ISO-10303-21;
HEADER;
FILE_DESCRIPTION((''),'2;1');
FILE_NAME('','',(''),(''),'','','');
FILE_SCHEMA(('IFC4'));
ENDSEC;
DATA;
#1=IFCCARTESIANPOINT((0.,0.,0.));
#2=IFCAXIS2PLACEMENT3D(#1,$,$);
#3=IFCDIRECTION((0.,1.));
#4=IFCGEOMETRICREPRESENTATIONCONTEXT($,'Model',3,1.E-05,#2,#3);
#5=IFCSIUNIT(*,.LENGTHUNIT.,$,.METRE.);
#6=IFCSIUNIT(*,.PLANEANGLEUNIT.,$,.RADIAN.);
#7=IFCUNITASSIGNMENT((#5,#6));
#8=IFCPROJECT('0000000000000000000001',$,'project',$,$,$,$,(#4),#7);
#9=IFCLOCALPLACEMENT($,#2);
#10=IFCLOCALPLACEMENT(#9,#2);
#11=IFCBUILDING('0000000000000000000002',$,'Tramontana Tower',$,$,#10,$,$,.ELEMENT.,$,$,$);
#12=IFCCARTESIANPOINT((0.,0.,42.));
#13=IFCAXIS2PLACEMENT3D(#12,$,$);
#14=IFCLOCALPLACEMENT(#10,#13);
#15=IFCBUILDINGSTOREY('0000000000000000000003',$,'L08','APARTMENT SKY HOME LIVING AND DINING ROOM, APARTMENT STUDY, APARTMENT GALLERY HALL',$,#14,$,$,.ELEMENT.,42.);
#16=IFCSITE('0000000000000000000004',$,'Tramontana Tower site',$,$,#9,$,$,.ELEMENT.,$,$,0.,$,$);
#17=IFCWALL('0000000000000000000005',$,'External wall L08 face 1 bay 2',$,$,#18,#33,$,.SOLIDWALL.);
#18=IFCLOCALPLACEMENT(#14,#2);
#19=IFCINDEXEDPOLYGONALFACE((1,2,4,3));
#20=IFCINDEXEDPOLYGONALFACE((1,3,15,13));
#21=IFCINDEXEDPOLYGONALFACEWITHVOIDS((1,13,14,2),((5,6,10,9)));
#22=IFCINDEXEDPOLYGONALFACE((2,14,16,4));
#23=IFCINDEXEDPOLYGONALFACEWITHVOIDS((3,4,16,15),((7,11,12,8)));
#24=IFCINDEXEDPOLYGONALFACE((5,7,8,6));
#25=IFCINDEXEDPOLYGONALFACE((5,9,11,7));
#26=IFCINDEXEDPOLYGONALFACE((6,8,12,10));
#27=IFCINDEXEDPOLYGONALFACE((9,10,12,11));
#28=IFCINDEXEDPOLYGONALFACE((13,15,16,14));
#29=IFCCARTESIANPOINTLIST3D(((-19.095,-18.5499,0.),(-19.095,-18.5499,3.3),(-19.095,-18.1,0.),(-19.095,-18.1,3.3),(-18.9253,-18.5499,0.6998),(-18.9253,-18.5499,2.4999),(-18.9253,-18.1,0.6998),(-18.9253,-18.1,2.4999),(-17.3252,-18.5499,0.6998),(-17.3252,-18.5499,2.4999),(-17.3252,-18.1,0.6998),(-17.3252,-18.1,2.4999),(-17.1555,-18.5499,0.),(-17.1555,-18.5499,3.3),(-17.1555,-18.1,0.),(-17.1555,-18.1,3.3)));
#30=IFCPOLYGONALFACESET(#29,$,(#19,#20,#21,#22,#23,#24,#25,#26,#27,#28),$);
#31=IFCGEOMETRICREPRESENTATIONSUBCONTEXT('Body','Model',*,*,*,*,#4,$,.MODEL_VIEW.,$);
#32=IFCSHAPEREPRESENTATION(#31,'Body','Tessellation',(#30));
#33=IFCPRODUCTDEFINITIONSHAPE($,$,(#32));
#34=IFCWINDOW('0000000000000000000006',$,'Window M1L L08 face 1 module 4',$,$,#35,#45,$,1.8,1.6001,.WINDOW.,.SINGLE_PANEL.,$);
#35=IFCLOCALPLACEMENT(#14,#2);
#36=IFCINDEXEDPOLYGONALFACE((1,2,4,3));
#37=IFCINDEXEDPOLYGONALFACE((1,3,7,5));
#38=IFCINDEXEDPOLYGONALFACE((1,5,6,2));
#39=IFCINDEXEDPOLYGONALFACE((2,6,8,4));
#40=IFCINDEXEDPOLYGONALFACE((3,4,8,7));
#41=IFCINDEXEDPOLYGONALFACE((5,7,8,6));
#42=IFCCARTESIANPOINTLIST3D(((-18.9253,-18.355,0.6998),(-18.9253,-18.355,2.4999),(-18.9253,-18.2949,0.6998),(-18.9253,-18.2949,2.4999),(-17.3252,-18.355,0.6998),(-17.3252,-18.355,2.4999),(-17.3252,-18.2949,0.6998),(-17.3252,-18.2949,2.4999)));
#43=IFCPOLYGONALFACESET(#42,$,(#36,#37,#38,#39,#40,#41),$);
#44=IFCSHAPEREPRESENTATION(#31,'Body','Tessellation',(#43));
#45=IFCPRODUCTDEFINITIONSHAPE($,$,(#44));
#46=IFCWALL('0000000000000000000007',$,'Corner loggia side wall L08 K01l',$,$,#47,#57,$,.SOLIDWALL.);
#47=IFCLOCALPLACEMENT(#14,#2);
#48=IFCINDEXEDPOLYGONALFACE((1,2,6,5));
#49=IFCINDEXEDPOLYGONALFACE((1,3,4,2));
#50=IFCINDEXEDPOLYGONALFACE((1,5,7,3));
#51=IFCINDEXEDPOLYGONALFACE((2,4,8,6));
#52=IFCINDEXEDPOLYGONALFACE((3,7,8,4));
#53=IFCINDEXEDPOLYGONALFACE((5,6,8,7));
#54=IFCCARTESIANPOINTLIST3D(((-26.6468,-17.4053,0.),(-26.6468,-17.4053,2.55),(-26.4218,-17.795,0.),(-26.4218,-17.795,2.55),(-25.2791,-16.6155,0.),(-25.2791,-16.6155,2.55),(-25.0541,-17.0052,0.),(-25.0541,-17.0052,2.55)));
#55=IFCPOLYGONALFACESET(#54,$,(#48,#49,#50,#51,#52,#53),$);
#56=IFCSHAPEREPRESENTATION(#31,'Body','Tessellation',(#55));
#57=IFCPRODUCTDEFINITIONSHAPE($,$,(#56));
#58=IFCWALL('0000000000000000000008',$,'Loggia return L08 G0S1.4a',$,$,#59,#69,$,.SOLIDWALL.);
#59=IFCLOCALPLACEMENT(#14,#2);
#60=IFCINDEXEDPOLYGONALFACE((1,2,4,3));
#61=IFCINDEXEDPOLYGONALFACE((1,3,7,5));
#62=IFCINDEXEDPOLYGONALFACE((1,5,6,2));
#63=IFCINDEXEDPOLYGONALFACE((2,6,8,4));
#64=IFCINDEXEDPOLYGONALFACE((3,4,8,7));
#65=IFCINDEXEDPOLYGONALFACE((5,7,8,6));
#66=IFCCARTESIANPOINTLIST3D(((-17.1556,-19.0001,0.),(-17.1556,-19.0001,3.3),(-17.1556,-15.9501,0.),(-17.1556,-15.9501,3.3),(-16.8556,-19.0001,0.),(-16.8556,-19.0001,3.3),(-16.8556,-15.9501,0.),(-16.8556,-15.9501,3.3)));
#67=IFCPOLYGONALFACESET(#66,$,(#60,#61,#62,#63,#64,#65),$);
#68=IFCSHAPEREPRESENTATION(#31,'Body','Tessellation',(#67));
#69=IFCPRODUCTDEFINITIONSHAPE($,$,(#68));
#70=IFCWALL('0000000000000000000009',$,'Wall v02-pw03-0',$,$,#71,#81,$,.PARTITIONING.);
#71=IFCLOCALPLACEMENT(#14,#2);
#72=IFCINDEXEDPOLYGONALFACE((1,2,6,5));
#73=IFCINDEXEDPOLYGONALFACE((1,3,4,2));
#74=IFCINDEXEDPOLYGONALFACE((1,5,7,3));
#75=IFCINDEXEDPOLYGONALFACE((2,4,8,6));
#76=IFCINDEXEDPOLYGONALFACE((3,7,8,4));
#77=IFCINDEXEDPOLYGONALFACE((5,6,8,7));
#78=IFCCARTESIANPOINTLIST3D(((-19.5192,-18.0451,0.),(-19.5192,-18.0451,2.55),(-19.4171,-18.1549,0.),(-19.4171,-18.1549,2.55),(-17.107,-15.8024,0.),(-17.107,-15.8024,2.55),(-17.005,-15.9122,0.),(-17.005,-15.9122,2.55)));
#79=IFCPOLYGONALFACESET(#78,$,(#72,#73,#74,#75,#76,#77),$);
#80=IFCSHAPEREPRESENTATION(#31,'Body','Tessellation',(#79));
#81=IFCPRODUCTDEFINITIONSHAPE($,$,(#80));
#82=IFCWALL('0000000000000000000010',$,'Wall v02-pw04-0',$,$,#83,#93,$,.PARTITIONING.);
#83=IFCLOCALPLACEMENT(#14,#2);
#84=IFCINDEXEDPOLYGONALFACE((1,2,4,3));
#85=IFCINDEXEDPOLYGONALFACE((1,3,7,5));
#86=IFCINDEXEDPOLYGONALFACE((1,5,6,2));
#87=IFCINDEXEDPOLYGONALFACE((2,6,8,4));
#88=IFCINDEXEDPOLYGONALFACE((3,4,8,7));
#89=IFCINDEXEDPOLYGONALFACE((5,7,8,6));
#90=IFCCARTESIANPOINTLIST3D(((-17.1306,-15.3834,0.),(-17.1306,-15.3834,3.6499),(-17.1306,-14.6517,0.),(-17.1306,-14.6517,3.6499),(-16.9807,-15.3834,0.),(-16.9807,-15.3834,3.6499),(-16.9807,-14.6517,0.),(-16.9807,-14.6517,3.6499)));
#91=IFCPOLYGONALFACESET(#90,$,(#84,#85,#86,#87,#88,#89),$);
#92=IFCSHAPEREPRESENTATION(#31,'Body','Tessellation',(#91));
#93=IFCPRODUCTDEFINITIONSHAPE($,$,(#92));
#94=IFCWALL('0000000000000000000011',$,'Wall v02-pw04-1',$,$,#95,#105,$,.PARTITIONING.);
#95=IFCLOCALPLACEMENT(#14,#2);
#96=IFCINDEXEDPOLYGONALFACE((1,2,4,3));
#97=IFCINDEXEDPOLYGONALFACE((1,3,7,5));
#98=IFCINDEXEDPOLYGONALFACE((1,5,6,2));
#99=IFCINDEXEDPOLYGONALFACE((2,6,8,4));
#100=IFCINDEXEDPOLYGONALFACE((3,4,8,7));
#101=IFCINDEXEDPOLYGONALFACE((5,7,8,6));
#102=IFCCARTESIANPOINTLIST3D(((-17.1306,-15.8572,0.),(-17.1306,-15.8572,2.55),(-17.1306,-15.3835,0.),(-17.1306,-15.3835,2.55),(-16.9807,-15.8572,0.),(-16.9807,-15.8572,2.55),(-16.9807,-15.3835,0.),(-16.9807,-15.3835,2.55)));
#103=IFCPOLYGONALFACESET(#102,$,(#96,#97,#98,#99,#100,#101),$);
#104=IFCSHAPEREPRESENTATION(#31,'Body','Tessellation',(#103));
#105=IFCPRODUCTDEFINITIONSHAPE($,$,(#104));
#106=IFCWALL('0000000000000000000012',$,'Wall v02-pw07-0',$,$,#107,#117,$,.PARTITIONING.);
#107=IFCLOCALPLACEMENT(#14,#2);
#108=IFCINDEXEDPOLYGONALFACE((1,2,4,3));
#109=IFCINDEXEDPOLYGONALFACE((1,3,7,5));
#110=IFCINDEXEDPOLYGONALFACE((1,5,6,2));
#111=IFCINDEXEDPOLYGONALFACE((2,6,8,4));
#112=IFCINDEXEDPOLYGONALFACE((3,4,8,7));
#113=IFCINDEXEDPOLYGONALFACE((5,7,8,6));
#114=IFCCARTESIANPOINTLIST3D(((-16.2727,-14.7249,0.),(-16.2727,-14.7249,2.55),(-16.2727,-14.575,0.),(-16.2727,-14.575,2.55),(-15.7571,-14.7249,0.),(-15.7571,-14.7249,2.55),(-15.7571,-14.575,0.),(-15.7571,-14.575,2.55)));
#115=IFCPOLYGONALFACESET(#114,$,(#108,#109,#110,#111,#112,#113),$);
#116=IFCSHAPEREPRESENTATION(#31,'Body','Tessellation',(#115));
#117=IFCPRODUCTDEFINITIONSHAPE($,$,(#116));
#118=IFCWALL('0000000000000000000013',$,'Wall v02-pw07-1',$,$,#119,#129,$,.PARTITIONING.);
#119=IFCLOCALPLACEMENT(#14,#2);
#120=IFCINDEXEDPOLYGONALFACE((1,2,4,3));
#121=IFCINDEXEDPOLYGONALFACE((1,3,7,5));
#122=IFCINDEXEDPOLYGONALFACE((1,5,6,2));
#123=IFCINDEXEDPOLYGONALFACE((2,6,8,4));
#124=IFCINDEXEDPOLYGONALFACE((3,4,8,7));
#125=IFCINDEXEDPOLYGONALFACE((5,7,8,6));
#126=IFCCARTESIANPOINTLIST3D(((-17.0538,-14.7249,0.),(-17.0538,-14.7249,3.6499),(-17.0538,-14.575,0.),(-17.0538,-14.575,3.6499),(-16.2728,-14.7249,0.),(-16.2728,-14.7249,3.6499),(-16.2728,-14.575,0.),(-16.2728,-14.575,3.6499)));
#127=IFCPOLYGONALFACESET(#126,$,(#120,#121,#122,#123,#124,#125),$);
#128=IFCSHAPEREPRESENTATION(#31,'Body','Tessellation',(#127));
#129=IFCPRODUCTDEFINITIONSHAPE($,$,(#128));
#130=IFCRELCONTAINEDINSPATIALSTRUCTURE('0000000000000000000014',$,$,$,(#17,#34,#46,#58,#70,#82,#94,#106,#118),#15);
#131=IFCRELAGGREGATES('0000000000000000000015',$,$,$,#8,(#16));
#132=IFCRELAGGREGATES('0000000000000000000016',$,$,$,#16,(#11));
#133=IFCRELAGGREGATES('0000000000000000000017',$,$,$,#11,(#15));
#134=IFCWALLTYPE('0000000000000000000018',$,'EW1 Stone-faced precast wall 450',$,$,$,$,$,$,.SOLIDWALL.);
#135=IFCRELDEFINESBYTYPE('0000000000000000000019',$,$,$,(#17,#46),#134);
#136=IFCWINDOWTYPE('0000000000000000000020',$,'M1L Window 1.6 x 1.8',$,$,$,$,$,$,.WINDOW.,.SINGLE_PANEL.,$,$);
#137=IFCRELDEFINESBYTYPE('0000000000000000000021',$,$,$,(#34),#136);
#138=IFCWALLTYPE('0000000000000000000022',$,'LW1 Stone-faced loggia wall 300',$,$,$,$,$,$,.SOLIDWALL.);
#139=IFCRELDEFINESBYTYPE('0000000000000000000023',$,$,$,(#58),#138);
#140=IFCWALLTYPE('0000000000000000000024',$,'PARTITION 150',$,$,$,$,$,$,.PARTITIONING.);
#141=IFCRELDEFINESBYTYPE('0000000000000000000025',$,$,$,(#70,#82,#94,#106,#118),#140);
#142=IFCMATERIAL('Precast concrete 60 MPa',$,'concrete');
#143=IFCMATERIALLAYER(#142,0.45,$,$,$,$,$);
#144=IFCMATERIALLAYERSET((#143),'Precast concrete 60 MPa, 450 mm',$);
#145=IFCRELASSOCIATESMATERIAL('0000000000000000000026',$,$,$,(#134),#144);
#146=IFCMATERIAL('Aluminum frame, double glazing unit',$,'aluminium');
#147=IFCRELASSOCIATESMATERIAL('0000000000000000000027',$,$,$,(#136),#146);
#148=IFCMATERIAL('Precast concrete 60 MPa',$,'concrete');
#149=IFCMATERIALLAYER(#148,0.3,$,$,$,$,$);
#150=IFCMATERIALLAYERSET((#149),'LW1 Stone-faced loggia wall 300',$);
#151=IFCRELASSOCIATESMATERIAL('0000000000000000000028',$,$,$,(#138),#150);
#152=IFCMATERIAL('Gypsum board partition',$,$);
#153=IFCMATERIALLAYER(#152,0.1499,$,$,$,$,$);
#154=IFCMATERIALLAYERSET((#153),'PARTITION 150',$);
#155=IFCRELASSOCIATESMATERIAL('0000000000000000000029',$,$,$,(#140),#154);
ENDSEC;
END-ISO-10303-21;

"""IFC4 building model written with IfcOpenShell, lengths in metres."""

from ifc_helpers import new_model, si_unit, direction, frame, frame_2d, origin, place, context, subcontext, project, spatial, rectangle, extrude, material, layer, layer_set, type_object, element, fill, save


model = new_model("IFC4")

# Units and contexts
model_context = context("Model", 3, precision=1e-05, world=origin(), true_north=direction((0.0, 1.0)))
body_context = subcontext(model_context, "Body", "Model", "MODEL_VIEW")
ifc_project = project(units=[si_unit("LENGTHUNIT", "METRE"), si_unit("PLANEANGLEUNIT", "RADIAN")], contexts=[model_context])

# Site, building, storey
site_placement = place(None, origin())
site = spatial("IfcSite", under=ifc_project, at=site_placement, Name="Tramontana Tower site", CompositionType="ELEMENT", RefElevation=0.0)
building_placement = place(site_placement, origin())
building = spatial("IfcBuilding", under=site, at=building_placement, Name="Tramontana Tower", CompositionType="ELEMENT")
storey_placement = place(building_placement, frame((0.0, 0.0, 42.0)))
storey = spatial("IfcBuildingStorey", under=building, at=storey_placement, Name="L08", Description="APARTMENT SKY HOME LIVING AND DINING ROOM, APARTMENT STUDY, APARTMENT GALLERY HALL", CompositionType="ELEMENT", Elevation=42.0)

# Shared definitions
ifc_material_1 = material(Name="Precast concrete 60 MPa", Category="concrete")
ifc_layer_1 = layer(ifc_material_1, 0.45)
ifc_layer_set_1 = layer_set([ifc_layer_1], Name="Precast concrete 60 MPa, 450 mm")
wall_type_1 = type_object("IfcWallType", Name="EW1 Stone-faced precast wall 450", PredefinedType="SOLIDWALL", material=ifc_layer_set_1)

# Wall, opening, window
wall_1_placement = place(storey_placement, frame((-19.095, -18.325, 0.0), z_axis=(0.0, 0.0, 1.0), x_axis=(1.0, 0.0, 0.0)))
wall_1 = element("IfcWall", 1, at=wall_1_placement, inside=storey, type_object=wall_type_1, Name="External wall L08 face 1 bay 2", PredefinedType="SOLIDWALL", context=body_context, shape_type="SweptSolid", body=[
    extrude(rectangle(XDim=1.9395, YDim=0.45, at=frame_2d((0.9697, 0.0))), origin(), (0.0, 0.0, 1.0), 3.3),
])
opening_1_placement = place(wall_1_placement, frame((0.1697, 0.0, 0.7)))
opening_1 = element("IfcOpeningElement", 2, at=opening_1_placement, cuts=wall_1, PredefinedType="OPENING", context=body_context, shape_type="SweptSolid", body=[
    extrude(rectangle(XDim=1.6001, YDim=1.8, at=frame_2d((0.8, 0.8999))), frame((0.0, 0.2349, 0.0), z_axis=(0.0, -1.0, 0.0), x_axis=(1.0, 0.0, 0.0)), (0.0, 0.0, 1.0), 0.47),
])
ifc_material_2 = material(Name="Aluminum frame, double glazing unit", Category="aluminium")
window_type_1 = type_object("IfcWindowType", Name="M1L Window 1.6 x 1.8", PartitioningType="SINGLE_PANEL", PredefinedType="WINDOW", material=ifc_material_2)
window_1_placement = place(opening_1_placement, origin())
window_1 = element("IfcWindow", 3, at=window_1_placement, inside=storey, type_object=window_type_1, Name="Window M1L L08 face 1 module 4", OverallHeight=1.8, OverallWidth=1.6001, PartitioningType="SINGLE_PANEL", PredefinedType="WINDOW", context=body_context, shape_type="SweptSolid", body=[
    extrude(rectangle(XDim=1.6001, YDim=1.8, at=frame_2d((0.8, 0.8999))), frame((0.0, 0.03, 0.0), z_axis=(0.0, -1.0, 0.0), x_axis=(1.0, 0.0, 0.0)), (0.0, 0.0, 1.0), 0.0601),
])
fill(opening_1, window_1)

# Wall
wall_2_placement = place(storey_placement, frame((-26.5342, -17.6001, 0.0), z_axis=(0.0, 0.0, 1.0), x_axis=(0.86598, 0.500079, 0.0)))
element("IfcWall", 4, at=wall_2_placement, inside=storey, type_object=wall_type_1, Name="Corner loggia side wall L08 K01l", PredefinedType="SOLIDWALL", context=body_context, shape_type="SweptSolid", body=[
    extrude(rectangle(XDim=1.5793, YDim=0.45, at=frame_2d((0.7896, 0.0))), origin(), (0.0, 0.0, 1.0), 2.55),
])

# Shared definitions
ifc_material_3 = material(Name="Precast concrete 60 MPa", Category="concrete")
ifc_layer_2 = layer(ifc_material_3, 0.3)
ifc_layer_set_2 = layer_set([ifc_layer_2], Name="LW1 Stone-faced loggia wall 300")
wall_type_2 = type_object("IfcWallType", Name="LW1 Stone-faced loggia wall 300", PredefinedType="SOLIDWALL", material=ifc_layer_set_2)

# Walls
wall_3_placement = place(storey_placement, frame((-17.0056, -19.0, 0.0), z_axis=(0.0, 0.0, 1.0), x_axis=(0.0, 1.0, 0.0)))
element("IfcWall", 5, at=wall_3_placement, inside=storey, type_object=wall_type_2, Name="Loggia return L08 G0S1.4a", PredefinedType="SOLIDWALL", context=body_context, shape_type="SweptSolid", body=[
    extrude(rectangle(XDim=3.05, YDim=0.3, at=frame_2d((1.5249, 0.0))), origin(), (0.0, 0.0, 1.0), 3.3),
])
ifc_material_4 = material(Name="Gypsum board partition")
ifc_layer_3 = layer(ifc_material_4, 0.1499)
ifc_layer_set_3 = layer_set([ifc_layer_3], Name="PARTITION 150")
wall_type_3 = type_object("IfcWallType", Name="PARTITION 150", PredefinedType="PARTITIONING", material=ifc_layer_set_3)
wall_4_placement = place(storey_placement, frame((-17.0559, -15.8572, 0.0), z_axis=(0.0, 0.0, 1.0), x_axis=(-0.73236, -0.680917, 0.0)))
element("IfcWall", 6, at=wall_4_placement, inside=storey, type_object=wall_type_3, Name="Wall v02-pw03-0", PredefinedType="PARTITIONING", context=body_context, shape_type="SweptSolid", body=[
    extrude(rectangle(XDim=3.2937, YDim=0.1499, at=frame_2d((1.647, 0.0))), origin(), (0.0, 0.0, 1.0), 2.55),
])
wall_5_placement = place(storey_placement, frame((-17.0557, -14.6519, 0.0), z_axis=(0.0, 0.0, 1.0), x_axis=(0.0, -1.0, 0.0)))
element("IfcWall", 7, at=wall_5_placement, inside=storey, type_object=wall_type_3, Name="Wall v02-pw04-0", PredefinedType="PARTITIONING", context=body_context, shape_type="SweptSolid", body=[
    extrude(rectangle(XDim=0.7317, YDim=0.1499, at=frame_2d((0.3657, 0.0))), origin(), (0.0, 0.0, 1.0), 3.6499),
])
wall_6_placement = place(storey_placement, frame((-17.0557, -15.3835, 0.0), z_axis=(0.0, 0.0, 1.0), x_axis=(0.0, -1.0, 0.0)))
element("IfcWall", 8, at=wall_6_placement, inside=storey, type_object=wall_type_3, Name="Wall v02-pw04-1", PredefinedType="PARTITIONING", context=body_context, shape_type="SweptSolid", body=[
    extrude(rectangle(XDim=0.4736, YDim=0.1499, at=frame_2d((0.2368, 0.0))), origin(), (0.0, 0.0, 1.0), 2.55),
])
wall_7_placement = place(storey_placement, frame((-15.7571, -14.6499, 0.0), z_axis=(0.0, 0.0, 1.0), x_axis=(-1.0, 0.0, 0.0)))
element("IfcWall", 9, at=wall_7_placement, inside=storey, type_object=wall_type_3, Name="Wall v02-pw07-0", PredefinedType="PARTITIONING", context=body_context, shape_type="SweptSolid", body=[
    extrude(rectangle(XDim=0.5156, YDim=0.1499, at=frame_2d((0.2578, 0.0))), origin(), (0.0, 0.0, 1.0), 2.55),
])
wall_8_placement = place(storey_placement, frame((-16.2727, -14.6499, 0.0), z_axis=(0.0, 0.0, 1.0), x_axis=(-1.0, 0.0, 0.0)))
element("IfcWall", 10, at=wall_8_placement, inside=storey, type_object=wall_type_3, Name="Wall v02-pw07-1", PredefinedType="PARTITIONING", context=body_context, shape_type="SweptSolid", body=[
    extrude(rectangle(XDim=0.781, YDim=0.1499, at=frame_2d((0.3906, 0.0))), origin(), (0.0, 0.0, 1.0), 3.6499),
])

save(model, "model.ifc")
